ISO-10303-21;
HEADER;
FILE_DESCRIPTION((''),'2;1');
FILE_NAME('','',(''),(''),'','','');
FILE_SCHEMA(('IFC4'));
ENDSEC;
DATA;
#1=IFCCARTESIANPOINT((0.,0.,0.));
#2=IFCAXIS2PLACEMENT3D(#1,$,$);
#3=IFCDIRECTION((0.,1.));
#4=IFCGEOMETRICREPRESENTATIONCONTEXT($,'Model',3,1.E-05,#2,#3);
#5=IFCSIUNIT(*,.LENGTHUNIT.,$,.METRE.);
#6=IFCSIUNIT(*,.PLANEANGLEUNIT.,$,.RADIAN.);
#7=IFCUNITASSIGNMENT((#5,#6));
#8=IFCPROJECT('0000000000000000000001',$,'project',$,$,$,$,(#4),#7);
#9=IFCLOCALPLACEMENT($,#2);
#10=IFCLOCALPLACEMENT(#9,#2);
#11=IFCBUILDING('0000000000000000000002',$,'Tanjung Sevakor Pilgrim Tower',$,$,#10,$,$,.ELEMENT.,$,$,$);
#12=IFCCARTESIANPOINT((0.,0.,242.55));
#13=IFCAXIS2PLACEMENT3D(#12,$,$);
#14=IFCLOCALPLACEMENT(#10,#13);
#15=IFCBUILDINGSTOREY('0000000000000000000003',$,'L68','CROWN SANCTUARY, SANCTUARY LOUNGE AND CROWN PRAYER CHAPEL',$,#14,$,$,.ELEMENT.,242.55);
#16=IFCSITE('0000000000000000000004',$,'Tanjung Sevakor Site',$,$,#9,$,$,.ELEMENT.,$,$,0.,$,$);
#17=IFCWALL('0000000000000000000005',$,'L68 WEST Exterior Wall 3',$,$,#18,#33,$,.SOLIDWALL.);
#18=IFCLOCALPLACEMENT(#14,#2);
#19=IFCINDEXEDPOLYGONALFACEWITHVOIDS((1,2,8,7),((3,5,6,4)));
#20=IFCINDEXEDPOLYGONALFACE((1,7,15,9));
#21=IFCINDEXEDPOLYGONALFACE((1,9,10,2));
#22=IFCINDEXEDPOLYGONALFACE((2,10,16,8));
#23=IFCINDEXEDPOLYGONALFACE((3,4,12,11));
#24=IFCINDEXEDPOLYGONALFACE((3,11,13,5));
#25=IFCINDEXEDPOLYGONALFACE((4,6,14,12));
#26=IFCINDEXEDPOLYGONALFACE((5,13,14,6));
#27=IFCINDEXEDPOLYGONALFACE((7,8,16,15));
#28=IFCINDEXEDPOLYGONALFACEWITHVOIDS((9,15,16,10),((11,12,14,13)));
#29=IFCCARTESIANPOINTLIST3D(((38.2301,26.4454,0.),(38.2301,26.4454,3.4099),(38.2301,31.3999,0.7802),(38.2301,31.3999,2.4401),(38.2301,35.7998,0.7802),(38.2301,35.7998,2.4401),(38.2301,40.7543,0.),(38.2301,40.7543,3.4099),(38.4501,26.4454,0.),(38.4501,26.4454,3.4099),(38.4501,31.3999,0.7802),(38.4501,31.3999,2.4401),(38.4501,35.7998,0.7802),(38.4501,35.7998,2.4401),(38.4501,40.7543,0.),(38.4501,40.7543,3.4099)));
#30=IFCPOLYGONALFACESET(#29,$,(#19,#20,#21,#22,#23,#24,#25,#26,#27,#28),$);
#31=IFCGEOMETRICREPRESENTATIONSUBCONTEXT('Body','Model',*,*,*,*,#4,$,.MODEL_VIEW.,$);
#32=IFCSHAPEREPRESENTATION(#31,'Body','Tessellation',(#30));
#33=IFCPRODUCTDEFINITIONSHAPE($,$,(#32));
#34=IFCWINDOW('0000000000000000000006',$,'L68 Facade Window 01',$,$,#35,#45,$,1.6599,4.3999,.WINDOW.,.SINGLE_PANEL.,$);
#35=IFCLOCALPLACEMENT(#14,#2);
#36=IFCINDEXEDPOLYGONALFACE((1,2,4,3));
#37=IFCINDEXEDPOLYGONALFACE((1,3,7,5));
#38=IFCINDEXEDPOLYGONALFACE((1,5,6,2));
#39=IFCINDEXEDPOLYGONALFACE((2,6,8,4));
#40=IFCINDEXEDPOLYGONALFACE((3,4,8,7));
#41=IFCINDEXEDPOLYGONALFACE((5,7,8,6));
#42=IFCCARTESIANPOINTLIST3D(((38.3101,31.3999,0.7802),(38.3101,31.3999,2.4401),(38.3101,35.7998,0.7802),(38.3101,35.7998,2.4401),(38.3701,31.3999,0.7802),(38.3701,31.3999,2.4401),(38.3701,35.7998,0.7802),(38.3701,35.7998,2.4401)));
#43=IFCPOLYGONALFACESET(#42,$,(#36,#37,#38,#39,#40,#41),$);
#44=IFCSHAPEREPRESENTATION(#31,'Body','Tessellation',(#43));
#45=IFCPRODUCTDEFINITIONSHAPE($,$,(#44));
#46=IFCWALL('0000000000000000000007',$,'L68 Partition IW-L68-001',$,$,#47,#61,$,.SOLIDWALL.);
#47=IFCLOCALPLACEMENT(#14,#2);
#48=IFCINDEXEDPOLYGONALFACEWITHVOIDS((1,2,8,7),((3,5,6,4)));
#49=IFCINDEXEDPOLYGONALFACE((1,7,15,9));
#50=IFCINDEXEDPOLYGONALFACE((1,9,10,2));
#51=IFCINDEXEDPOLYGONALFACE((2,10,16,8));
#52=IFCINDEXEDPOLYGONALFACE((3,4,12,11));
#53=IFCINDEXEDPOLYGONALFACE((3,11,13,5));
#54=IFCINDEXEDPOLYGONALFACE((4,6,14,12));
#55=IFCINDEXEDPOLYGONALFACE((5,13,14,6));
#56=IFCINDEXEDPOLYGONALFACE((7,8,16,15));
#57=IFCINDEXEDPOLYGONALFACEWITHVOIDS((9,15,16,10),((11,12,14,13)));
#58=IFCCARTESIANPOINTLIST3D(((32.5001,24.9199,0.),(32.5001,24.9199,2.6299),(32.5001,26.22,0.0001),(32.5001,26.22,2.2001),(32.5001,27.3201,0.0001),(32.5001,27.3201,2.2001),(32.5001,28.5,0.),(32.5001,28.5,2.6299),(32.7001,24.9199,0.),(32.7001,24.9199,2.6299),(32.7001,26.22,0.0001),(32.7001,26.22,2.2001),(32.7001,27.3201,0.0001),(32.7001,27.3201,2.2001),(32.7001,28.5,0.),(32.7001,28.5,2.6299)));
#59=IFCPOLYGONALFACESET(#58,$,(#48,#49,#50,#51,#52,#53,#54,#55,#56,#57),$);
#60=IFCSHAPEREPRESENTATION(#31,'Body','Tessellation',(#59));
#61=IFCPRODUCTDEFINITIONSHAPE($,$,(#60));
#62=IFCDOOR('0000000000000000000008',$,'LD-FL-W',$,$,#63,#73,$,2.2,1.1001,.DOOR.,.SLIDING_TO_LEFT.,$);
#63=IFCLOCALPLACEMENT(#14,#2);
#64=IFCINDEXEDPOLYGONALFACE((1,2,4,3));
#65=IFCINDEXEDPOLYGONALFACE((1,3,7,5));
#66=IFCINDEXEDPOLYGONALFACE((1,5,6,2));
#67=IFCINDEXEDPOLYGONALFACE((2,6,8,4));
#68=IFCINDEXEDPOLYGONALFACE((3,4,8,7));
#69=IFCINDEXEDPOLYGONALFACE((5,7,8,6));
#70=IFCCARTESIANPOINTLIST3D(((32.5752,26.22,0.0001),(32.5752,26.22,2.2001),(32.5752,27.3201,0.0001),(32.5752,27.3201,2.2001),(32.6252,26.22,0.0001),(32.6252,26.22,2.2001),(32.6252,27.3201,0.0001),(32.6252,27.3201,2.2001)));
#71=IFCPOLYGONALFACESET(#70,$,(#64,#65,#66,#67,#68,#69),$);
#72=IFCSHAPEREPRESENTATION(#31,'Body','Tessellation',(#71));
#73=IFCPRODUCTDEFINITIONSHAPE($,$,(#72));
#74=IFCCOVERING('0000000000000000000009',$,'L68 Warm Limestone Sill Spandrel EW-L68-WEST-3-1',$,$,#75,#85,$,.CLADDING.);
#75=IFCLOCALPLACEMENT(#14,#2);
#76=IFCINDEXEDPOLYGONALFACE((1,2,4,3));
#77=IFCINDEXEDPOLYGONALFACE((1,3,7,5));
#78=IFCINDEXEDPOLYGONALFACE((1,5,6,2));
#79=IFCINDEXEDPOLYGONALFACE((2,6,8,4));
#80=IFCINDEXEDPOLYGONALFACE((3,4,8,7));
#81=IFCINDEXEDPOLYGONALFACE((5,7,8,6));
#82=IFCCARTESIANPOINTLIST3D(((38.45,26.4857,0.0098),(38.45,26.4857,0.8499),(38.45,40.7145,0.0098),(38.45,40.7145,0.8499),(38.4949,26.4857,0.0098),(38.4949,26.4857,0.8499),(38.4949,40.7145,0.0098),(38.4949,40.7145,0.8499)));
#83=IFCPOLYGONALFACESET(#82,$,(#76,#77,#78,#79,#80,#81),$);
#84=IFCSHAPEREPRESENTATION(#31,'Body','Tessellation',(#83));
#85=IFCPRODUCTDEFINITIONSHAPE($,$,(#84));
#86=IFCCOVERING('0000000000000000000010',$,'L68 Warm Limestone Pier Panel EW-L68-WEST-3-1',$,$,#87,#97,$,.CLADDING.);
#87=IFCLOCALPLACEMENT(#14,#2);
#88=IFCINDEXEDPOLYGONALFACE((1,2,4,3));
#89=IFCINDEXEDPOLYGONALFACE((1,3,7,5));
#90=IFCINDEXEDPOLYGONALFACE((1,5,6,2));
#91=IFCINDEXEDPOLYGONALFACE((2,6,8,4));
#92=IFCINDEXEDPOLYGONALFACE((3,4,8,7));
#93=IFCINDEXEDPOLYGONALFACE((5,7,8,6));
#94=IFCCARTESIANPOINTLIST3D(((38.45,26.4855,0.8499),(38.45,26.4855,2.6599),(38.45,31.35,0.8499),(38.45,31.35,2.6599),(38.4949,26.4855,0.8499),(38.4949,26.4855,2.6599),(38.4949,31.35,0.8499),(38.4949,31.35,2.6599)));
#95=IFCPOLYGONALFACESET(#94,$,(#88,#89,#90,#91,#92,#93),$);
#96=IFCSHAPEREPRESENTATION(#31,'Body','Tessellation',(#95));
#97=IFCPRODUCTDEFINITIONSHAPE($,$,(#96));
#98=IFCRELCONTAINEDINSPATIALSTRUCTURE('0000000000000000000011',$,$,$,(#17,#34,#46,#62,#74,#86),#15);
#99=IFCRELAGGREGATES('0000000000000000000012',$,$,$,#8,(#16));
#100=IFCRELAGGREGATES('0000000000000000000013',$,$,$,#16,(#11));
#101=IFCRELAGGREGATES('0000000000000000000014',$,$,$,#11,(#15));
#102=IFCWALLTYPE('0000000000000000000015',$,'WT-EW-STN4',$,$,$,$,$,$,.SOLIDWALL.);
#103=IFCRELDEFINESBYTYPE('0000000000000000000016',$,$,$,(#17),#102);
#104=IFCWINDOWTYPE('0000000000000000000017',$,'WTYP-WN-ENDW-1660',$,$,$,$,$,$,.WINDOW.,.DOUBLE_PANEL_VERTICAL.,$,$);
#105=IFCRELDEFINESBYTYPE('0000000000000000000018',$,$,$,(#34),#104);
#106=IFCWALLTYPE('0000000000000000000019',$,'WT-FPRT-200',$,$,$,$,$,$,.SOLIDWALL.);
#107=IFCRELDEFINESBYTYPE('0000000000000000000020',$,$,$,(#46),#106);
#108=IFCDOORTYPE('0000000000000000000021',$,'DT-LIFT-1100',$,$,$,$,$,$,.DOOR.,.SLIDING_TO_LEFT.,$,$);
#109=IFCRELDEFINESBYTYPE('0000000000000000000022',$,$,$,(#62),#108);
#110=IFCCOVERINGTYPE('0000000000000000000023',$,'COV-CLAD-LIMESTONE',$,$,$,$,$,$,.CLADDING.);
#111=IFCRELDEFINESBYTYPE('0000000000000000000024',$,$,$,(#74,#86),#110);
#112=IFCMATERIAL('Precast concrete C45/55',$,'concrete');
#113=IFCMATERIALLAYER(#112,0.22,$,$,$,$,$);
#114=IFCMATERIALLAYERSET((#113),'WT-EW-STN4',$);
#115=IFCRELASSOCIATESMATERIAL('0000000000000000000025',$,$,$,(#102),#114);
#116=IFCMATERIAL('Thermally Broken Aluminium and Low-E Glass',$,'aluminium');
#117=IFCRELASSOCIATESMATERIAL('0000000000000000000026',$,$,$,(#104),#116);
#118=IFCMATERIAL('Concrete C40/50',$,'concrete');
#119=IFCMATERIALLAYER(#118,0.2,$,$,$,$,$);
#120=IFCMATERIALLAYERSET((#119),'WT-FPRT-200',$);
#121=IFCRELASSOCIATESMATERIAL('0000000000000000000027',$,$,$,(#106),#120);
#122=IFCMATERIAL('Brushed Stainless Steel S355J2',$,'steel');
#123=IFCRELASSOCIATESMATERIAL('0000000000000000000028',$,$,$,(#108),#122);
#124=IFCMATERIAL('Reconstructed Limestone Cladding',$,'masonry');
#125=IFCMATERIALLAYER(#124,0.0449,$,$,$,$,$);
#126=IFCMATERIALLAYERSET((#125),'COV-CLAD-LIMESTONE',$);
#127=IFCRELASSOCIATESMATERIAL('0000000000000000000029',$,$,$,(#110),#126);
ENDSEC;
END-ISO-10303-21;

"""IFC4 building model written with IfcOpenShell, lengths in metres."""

from ifc_helpers import new_model, si_unit, direction, frame, frame_2d, origin, origin_2d, place, context, subcontext, project, spatial, rectangle, extrude, material, layer, layer_set, type_object, element, fill, save


model = new_model("IFC4")

# Units and contexts
model_context = context("Model", 3, precision=1e-05, world=origin(), true_north=direction((0.0, 1.0)))
body_context = subcontext(model_context, "Body", "Model", "MODEL_VIEW")
ifc_project = project(units=[si_unit("LENGTHUNIT", "METRE"), si_unit("PLANEANGLEUNIT", "RADIAN")], contexts=[model_context])

# Site, building, storey
site_placement = place(None, origin())
site = spatial("IfcSite", under=ifc_project, at=site_placement, Name="Tanjung Sevakor Site", CompositionType="ELEMENT", RefElevation=0.0)
building_placement = place(site_placement, origin())
building = spatial("IfcBuilding", under=site, at=building_placement, Name="Tanjung Sevakor Pilgrim Tower", CompositionType="ELEMENT")
storey_placement = place(building_placement, frame((0.0, 0.0, 242.55)))
storey = spatial("IfcBuildingStorey", under=building, at=storey_placement, Name="L68", Description="CROWN SANCTUARY, SANCTUARY LOUNGE AND CROWN PRAYER CHAPEL", CompositionType="ELEMENT", Elevation=242.55)

# Wall, opening, window
ifc_material_1 = material(Name="Precast concrete C45/55", Category="concrete")
ifc_layer_1 = layer(ifc_material_1, 0.22)
ifc_layer_set_1 = layer_set([ifc_layer_1], Name="WT-EW-STN4")
wall_type_1 = type_object("IfcWallType", Name="WT-EW-STN4", PredefinedType="SOLIDWALL", material=ifc_layer_set_1)
wall_1_placement = place(storey_placement, frame((38.3401, 26.4456, 0.0), z_axis=(0.0, 0.0, 1.0), x_axis=(0.0, 1.0, 0.0)))
wall_1 = element("IfcWall", 1, at=wall_1_placement, inside=storey, type_object=wall_type_1, Name="L68 WEST Exterior Wall 3", PredefinedType="SOLIDWALL", context=body_context, shape_type="SweptSolid", body=[
    extrude(rectangle(XDim=14.3088, YDim=0.22, at=frame_2d((7.1543, 0.0))), origin(), (0.0, 0.0, 1.0), 3.4099),
])
opening_1_placement = place(wall_1_placement, frame((4.9543, 0.0, 0.78)))
opening_1 = element("IfcOpeningElement", 2, at=opening_1_placement, cuts=wall_1, PredefinedType="OPENING", context=body_context, shape_type="SweptSolid", body=[
    extrude(rectangle(XDim=4.3999, YDim=1.6599, at=frame_2d((2.2, 0.8301))), frame((0.0, 0.1199, 0.0), z_axis=(0.0, -1.0, 0.0), x_axis=(1.0, 0.0, 0.0)), (0.0, 0.0, 1.0), 0.24),
])
ifc_material_2 = material(Name="Thermally Broken Aluminium and Low-E Glass", Category="aluminium")
window_type = type_object("IfcWindowType", Name="WTYP-WN-ENDW-1660", PartitioningType="DOUBLE_PANEL_VERTICAL", PredefinedType="WINDOW", material=ifc_material_2)
window_placement = place(opening_1_placement, origin())
window = element("IfcWindow", 3, at=window_placement, inside=storey, type_object=window_type, Name="L68 Facade Window 01", OverallHeight=1.6599, OverallWidth=4.3999, PartitioningType="SINGLE_PANEL", PredefinedType="WINDOW", context=body_context, shape_type="SweptSolid", body=[
    extrude(rectangle(XDim=4.3999, YDim=1.6599, at=frame_2d((2.2, 0.8301))), frame((0.0, 0.03, 0.0), z_axis=(0.0, -1.0, 0.0), x_axis=(1.0, 0.0, 0.0)), (0.0, 0.0, 1.0), 0.0601),
])
fill(opening_1, window)

# Wall, opening, door
ifc_material_3 = material(Name="Concrete C40/50", Category="concrete")
ifc_layer_2 = layer(ifc_material_3, 0.2)
ifc_layer_set_2 = layer_set([ifc_layer_2], Name="WT-FPRT-200")
wall_type_2 = type_object("IfcWallType", Name="WT-FPRT-200", PredefinedType="SOLIDWALL", material=ifc_layer_set_2)
wall_2_placement = place(storey_placement, frame((32.6001, 24.9199, 0.0), z_axis=(0.0, 0.0, 1.0), x_axis=(0.0, 1.0, 0.0)))
wall_2 = element("IfcWall", 4, at=wall_2_placement, inside=storey, type_object=wall_type_2, Name="L68 Partition IW-L68-001", PredefinedType="SOLIDWALL", context=body_context, shape_type="SweptSolid", body=[
    extrude(rectangle(XDim=3.5801, YDim=0.2, at=frame_2d((1.79, 0.0))), origin(), (0.0, 0.0, 1.0), 2.6299),
])
opening_2_placement = place(wall_2_placement, frame((1.3, 0.0, 0.0)))
opening_2 = element("IfcOpeningElement", 5, at=opening_2_placement, cuts=wall_2, PredefinedType="OPENING", context=body_context, shape_type="SweptSolid", body=[
    extrude(rectangle(XDim=1.1001, YDim=2.2, at=frame_2d((0.55, 1.1001))), frame((0.0, 0.1099, 0.0), z_axis=(0.0, -1.0, 0.0), x_axis=(1.0, 0.0, 0.0)), (0.0, 0.0, 1.0), 0.22),
])
ifc_material_4 = material(Name="Brushed Stainless Steel S355J2", Category="steel")
door_type_1 = type_object("IfcDoorType", Name="DT-LIFT-1100", OperationType="SLIDING_TO_LEFT", PredefinedType="DOOR", material=ifc_material_4)
door_1_placement = place(opening_2_placement, origin())
door_1 = element("IfcDoor", 6, at=door_1_placement, inside=storey, type_object=door_type_1, Name="LD-FL-W", OperationType="SLIDING_TO_LEFT", OverallHeight=2.2, OverallWidth=1.1001, PredefinedType="DOOR", context=body_context, shape_type="SweptSolid", body=[
    extrude(rectangle(XDim=1.1001, YDim=2.2, at=frame_2d((0.55, 1.1001))), frame((0.0, 0.0249, 0.0), z_axis=(0.0, -1.0, 0.0), x_axis=(1.0, 0.0, 0.0)), (0.0, 0.0, 1.0), 0.05),
])
fill(opening_2, door_1)

# Coverings
ifc_material_5 = material(Name="Reconstructed Limestone Cladding", Category="masonry")
ifc_layer_3 = layer(ifc_material_5, 0.0449)
ifc_layer_set_3 = layer_set([ifc_layer_3], Name="COV-CLAD-LIMESTONE")
covering_type = type_object("IfcCoveringType", Name="COV-CLAD-LIMESTONE", PredefinedType="CLADDING", material=ifc_layer_set_3)
covering_1_placement = place(storey_placement, frame((38.4724, 33.6001, 0.0098), z_axis=(0.0, 0.0, 1.0), x_axis=(0.0, 1.0, 0.0)))
element("IfcCovering", 7, at=covering_1_placement, inside=storey, type_object=covering_type, Name="L68 Warm Limestone Sill Spandrel EW-L68-WEST-3-1", PredefinedType="CLADDING", context=body_context, shape_type="SweptSolid", body=[
    extrude(rectangle(XDim=14.2288, YDim=0.0449, at=origin_2d()), origin(), (0.0, 0.0, 1.0), 0.8401),
])
covering_2_placement = place(storey_placement, frame((38.4724, 28.9177, 0.8499), z_axis=(0.0, 0.0, 1.0), x_axis=(0.0, 1.0, 0.0)))
element("IfcCovering", 8, at=covering_2_placement, inside=storey, type_object=covering_type, Name="L68 Warm Limestone Pier Panel EW-L68-WEST-3-1", PredefinedType="CLADDING", context=body_context, shape_type="SweptSolid", body=[
    extrude(rectangle(XDim=4.8645, YDim=0.0449, at=origin_2d()), origin(), (0.0, 0.0, 1.0), 1.8101),
])

save(model, "model.ifc")
